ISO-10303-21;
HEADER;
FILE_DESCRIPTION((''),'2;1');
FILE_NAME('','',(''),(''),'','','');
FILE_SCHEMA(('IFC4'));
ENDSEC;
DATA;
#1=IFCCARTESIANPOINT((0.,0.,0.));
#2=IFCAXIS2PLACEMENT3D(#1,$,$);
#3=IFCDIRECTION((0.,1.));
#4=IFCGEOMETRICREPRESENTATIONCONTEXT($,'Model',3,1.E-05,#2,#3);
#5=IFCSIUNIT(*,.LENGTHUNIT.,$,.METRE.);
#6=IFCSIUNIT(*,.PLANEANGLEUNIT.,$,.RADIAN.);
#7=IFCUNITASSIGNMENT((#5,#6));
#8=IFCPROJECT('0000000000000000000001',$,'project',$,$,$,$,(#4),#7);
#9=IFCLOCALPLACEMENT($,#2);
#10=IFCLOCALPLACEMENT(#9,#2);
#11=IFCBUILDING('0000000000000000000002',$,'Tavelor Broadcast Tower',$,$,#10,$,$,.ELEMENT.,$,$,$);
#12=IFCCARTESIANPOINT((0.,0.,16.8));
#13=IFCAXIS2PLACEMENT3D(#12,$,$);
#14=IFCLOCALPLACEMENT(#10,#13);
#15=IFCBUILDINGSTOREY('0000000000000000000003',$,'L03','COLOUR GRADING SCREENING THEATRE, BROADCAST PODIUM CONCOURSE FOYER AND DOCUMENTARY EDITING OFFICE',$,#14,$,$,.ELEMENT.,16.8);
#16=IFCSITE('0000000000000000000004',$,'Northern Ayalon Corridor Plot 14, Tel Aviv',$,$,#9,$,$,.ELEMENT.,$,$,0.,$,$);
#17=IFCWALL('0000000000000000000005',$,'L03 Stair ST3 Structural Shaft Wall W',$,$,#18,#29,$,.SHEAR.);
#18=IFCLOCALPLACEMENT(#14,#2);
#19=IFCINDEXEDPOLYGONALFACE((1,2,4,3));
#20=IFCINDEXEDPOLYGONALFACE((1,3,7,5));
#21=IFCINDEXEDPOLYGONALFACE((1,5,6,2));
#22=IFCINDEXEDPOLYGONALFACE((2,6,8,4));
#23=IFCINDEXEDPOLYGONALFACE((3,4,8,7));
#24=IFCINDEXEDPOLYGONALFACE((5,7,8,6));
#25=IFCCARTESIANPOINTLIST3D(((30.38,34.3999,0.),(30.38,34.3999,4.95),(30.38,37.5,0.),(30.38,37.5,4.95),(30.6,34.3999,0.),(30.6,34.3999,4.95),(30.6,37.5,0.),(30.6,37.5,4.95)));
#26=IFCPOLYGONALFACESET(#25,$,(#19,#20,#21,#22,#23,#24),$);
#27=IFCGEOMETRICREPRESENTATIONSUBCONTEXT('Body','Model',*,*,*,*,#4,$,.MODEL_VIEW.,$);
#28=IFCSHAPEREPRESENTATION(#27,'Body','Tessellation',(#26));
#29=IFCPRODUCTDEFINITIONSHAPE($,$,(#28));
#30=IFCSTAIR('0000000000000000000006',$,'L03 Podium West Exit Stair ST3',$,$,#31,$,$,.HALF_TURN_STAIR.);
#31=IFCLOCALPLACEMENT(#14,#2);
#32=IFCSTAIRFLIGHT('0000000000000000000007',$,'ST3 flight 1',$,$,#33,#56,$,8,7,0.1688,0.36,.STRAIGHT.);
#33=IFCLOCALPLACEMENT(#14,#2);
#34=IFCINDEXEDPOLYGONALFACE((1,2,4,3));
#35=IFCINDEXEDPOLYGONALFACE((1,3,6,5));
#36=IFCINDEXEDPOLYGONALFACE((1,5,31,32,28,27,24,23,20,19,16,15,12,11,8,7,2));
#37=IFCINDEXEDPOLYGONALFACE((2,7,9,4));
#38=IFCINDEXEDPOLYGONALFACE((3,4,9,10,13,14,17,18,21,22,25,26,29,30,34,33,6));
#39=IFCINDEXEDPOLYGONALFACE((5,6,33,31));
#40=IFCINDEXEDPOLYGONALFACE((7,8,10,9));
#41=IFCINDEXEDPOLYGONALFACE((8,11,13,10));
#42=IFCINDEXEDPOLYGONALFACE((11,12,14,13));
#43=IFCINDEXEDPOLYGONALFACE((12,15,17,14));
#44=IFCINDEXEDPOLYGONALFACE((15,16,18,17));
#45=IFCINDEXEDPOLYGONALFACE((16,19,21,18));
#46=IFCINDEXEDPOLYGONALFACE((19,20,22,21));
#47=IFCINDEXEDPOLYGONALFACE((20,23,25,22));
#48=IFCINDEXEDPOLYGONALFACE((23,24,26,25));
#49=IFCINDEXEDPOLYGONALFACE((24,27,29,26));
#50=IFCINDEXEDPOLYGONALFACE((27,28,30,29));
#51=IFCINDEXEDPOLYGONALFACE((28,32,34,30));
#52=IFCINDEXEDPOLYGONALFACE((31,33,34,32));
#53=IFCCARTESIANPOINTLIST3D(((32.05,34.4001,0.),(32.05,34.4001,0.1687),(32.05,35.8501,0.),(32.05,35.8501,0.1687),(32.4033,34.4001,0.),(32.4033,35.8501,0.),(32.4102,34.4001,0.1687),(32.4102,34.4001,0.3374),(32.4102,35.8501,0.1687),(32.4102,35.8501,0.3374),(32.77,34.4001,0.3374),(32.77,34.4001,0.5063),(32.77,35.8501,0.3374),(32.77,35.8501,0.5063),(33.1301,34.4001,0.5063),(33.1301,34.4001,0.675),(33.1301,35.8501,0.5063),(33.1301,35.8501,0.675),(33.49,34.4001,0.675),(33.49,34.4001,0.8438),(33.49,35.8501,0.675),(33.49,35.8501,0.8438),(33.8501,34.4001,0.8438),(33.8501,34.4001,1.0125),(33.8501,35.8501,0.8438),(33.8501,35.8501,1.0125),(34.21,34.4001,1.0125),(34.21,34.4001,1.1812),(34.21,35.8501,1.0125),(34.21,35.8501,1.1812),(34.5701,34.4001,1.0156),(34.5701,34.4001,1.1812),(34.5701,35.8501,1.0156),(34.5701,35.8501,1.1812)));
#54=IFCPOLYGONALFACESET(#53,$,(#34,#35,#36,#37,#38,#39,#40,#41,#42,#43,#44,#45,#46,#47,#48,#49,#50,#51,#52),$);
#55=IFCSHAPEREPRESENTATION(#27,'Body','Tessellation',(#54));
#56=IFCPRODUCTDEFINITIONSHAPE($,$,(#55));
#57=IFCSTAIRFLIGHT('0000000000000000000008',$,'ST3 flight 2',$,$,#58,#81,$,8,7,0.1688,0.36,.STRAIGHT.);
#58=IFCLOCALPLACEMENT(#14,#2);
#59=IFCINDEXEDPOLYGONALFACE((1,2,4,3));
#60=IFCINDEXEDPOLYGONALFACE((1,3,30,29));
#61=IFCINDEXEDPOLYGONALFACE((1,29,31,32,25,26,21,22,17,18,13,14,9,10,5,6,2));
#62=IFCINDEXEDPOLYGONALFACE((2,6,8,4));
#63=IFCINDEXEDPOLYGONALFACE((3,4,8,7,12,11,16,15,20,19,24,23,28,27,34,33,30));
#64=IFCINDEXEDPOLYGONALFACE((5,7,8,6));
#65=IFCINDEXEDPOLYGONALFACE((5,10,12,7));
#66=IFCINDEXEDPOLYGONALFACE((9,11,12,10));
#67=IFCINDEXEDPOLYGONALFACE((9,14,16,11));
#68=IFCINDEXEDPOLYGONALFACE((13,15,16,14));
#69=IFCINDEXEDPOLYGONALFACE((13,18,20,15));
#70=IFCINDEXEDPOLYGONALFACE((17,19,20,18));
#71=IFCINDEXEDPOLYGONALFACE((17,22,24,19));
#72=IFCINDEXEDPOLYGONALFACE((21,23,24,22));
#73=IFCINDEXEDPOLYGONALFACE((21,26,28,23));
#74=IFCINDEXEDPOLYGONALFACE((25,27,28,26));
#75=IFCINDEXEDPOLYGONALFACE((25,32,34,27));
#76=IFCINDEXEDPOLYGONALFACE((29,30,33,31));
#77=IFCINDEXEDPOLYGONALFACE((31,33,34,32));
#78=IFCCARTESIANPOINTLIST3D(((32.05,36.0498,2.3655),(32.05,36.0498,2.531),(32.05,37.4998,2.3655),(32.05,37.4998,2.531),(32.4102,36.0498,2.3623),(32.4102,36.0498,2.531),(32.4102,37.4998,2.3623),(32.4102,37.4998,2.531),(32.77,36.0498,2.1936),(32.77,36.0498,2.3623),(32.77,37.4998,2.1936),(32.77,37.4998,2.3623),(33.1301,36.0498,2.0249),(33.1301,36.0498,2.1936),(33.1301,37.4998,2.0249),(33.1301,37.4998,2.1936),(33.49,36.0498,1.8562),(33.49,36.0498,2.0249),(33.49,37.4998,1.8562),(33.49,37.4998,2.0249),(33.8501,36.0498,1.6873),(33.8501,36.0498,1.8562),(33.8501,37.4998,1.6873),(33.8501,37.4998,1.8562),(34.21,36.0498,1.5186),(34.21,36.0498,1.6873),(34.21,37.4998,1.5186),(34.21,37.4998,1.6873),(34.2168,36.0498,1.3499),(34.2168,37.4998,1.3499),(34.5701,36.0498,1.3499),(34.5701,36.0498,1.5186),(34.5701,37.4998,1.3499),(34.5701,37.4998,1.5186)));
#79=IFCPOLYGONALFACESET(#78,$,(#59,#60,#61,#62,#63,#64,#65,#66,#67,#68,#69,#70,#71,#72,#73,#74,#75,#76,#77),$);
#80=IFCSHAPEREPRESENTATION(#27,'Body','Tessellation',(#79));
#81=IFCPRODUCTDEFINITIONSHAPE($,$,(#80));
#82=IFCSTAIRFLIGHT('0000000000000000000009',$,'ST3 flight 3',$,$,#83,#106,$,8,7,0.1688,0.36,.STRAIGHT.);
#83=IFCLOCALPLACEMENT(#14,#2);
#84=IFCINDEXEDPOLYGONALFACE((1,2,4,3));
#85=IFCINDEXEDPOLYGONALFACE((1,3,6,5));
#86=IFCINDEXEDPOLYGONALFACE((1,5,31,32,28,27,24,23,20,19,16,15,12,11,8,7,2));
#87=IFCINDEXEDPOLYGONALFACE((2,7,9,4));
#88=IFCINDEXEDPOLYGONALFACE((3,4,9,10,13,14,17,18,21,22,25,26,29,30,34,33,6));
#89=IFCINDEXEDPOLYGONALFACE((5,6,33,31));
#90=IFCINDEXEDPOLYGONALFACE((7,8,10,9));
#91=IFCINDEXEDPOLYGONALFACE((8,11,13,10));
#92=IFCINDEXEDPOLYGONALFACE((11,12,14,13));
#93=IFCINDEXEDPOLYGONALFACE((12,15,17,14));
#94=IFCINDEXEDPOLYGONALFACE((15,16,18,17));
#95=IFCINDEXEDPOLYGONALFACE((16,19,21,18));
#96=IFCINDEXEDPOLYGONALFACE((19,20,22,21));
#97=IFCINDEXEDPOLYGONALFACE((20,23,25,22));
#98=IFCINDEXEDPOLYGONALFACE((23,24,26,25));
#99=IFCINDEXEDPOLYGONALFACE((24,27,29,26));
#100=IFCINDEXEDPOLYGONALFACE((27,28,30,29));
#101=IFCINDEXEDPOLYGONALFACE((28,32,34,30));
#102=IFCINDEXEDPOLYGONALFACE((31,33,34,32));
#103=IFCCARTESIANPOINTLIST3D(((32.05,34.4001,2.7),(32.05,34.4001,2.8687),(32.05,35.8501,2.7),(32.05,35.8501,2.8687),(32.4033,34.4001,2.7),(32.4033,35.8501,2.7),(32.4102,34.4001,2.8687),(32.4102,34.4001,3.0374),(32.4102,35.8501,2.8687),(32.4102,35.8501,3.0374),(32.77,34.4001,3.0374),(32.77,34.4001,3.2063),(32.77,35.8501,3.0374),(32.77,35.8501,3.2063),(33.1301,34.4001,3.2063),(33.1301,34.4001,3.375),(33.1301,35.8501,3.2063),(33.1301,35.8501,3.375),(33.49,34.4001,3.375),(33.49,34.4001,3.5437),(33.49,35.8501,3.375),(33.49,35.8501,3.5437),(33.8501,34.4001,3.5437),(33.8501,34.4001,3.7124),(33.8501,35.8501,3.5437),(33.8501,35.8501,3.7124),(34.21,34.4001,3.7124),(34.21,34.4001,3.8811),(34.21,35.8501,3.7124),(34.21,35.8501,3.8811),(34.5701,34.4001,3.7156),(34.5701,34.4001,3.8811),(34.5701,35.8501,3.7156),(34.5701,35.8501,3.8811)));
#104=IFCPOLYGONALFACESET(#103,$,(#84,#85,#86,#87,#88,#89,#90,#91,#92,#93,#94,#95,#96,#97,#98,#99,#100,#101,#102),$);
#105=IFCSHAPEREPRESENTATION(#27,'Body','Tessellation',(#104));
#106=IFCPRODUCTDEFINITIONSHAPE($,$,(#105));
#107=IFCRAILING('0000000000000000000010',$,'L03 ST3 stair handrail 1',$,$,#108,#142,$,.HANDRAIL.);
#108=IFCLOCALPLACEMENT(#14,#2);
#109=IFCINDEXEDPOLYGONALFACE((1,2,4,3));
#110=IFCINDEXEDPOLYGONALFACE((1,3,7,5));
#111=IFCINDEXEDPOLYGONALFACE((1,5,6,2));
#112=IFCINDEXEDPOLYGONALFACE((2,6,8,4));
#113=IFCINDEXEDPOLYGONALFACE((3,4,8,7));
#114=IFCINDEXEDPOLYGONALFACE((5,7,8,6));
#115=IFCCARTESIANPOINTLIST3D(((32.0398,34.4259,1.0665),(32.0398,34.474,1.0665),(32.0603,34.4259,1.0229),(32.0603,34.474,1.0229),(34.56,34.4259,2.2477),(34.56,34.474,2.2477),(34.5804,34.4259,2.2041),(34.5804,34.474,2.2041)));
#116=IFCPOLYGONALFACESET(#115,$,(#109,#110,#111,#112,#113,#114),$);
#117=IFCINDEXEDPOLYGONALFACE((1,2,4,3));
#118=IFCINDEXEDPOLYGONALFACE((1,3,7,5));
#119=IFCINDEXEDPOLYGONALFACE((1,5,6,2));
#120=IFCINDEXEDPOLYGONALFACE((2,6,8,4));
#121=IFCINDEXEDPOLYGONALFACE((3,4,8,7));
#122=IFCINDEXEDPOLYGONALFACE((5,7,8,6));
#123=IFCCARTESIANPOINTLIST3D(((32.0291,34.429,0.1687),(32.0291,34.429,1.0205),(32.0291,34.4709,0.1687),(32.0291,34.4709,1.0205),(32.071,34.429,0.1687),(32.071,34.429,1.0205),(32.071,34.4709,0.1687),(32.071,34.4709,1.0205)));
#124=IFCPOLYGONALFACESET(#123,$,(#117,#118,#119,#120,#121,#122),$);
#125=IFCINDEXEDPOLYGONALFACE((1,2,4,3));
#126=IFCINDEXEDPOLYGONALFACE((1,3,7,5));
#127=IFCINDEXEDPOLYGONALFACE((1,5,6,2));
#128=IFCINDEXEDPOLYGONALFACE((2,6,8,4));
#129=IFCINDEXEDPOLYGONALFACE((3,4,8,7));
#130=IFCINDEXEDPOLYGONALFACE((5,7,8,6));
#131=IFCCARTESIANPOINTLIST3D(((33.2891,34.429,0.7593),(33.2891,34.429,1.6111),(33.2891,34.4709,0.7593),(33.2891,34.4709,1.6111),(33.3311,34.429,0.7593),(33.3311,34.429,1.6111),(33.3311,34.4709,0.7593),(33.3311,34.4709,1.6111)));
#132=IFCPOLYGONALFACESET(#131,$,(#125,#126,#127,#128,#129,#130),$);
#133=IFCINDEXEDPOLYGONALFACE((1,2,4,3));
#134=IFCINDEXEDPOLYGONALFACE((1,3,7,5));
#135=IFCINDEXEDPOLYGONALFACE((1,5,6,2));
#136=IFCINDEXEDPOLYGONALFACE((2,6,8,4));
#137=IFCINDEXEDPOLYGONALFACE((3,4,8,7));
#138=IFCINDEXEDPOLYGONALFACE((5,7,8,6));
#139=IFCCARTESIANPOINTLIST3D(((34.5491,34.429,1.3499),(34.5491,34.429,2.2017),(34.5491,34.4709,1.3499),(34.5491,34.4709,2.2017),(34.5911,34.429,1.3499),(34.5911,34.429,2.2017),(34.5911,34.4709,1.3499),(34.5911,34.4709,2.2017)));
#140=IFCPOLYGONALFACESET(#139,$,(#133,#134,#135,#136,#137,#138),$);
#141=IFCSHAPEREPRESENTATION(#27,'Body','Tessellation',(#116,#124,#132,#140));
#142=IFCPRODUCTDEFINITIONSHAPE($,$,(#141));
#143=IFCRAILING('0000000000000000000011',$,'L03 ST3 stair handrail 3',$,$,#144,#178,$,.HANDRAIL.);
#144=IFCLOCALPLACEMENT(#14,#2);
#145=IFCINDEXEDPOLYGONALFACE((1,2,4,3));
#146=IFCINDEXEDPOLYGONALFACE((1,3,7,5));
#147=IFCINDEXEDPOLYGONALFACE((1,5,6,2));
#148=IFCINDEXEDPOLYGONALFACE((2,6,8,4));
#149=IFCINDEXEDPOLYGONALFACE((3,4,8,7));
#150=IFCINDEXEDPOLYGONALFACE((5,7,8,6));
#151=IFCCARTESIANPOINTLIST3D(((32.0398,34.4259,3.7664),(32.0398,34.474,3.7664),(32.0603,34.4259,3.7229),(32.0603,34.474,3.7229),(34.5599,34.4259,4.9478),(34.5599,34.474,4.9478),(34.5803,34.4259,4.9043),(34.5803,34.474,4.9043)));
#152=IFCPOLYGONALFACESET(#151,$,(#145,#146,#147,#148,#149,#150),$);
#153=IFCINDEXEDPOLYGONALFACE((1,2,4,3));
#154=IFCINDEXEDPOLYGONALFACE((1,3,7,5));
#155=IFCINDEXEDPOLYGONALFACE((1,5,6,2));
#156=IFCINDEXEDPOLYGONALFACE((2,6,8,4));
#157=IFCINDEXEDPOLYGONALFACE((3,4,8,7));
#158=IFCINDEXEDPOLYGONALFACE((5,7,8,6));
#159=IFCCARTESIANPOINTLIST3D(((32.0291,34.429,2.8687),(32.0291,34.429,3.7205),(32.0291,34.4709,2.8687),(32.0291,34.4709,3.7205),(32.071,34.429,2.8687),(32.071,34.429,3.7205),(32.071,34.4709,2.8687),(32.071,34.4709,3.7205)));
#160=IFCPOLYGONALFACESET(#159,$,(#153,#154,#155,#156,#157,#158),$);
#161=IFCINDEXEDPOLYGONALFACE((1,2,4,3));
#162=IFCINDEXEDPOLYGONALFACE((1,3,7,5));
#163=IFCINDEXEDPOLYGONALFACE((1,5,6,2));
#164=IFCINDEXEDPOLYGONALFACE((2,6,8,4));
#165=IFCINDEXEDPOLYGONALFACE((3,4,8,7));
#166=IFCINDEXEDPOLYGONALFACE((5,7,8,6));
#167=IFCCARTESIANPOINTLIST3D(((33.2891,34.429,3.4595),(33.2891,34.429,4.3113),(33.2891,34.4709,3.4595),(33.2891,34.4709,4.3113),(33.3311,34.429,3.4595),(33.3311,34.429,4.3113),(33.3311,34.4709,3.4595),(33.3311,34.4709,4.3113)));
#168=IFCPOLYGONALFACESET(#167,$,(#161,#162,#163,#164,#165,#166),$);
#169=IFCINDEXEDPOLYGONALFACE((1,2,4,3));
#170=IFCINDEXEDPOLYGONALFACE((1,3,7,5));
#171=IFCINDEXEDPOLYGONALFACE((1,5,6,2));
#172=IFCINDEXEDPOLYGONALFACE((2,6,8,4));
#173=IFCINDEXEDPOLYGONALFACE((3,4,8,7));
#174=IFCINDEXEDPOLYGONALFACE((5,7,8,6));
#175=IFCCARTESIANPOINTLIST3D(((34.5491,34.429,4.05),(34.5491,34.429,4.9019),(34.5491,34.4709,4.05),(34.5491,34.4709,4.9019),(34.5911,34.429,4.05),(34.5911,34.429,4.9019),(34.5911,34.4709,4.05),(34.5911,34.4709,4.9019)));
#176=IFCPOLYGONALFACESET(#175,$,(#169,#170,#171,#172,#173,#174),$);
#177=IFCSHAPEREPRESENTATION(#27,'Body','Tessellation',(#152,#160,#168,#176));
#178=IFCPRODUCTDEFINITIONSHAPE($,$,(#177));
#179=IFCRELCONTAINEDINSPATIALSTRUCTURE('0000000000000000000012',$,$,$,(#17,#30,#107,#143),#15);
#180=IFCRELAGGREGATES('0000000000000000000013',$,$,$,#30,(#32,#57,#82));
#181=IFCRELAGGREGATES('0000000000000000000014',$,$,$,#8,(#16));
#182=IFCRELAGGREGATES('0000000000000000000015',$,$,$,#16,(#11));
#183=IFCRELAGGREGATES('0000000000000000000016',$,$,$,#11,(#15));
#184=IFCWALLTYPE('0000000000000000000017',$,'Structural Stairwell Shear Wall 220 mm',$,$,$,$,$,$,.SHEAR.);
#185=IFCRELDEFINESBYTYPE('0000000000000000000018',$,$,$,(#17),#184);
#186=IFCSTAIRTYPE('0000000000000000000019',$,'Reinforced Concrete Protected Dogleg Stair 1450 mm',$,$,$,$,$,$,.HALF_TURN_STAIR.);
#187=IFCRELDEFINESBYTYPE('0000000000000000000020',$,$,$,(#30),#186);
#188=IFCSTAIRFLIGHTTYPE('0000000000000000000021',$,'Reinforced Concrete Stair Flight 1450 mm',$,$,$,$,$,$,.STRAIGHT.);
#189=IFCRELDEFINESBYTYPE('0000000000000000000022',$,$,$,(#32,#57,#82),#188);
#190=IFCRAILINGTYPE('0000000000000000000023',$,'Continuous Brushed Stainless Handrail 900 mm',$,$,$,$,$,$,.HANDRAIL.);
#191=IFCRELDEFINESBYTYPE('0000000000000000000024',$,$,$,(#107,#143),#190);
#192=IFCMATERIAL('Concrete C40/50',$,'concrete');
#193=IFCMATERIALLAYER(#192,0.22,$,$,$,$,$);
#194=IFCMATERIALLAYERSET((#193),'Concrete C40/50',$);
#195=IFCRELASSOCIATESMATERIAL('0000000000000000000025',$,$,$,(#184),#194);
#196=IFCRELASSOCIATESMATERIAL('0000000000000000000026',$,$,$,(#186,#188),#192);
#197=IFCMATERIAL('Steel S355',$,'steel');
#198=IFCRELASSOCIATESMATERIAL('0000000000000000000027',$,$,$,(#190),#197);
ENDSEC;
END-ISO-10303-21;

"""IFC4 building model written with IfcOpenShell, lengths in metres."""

from ifc_helpers import new_model, si_unit, direction, frame, frame_2d, origin, origin_2d, place, context, subcontext, project, spatial, polyline, rectangle, outline, extrude, material, layer, layer_set, type_object, element, aggregate, save


model = new_model("IFC4")

# Units and contexts
model_context = context("Model", 3, precision=1e-05, world=origin(), true_north=direction((0.0, 1.0)))
body_context = subcontext(model_context, "Body", "Model", "MODEL_VIEW")
ifc_project = project(units=[si_unit("LENGTHUNIT", "METRE"), si_unit("PLANEANGLEUNIT", "RADIAN")], contexts=[model_context])

# Site, building, storey
site_placement = place(None, origin())
site = spatial("IfcSite", under=ifc_project, at=site_placement, Name="Northern Ayalon Corridor Plot 14, Tel Aviv", CompositionType="ELEMENT", RefElevation=0.0)
building_placement = place(site_placement, origin())
building = spatial("IfcBuilding", under=site, at=building_placement, Name="Tavelor Broadcast Tower", CompositionType="ELEMENT")
storey_placement = place(building_placement, frame((0.0, 0.0, 16.8)))
storey = spatial("IfcBuildingStorey", under=building, at=storey_placement, Name="L03", Description="COLOUR GRADING SCREENING THEATRE, BROADCAST PODIUM CONCOURSE FOYER AND DOCUMENTARY EDITING OFFICE", CompositionType="ELEMENT", Elevation=16.8)

# Shared definitions
ifc_material_1 = material(Name="Steel S355", Category="steel")

# Wall
ifc_material_2 = material(Name="Concrete C40/50", Category="concrete")
ifc_layer_1 = layer(ifc_material_2, 0.22)
ifc_layer_set_1 = layer_set([ifc_layer_1], Name="Concrete C40/50")
wall_type_1 = type_object("IfcWallType", Name="Structural Stairwell Shear Wall 220 mm", PredefinedType="SHEAR", material=ifc_layer_set_1)
wall_1_placement = place(storey_placement, frame((30.49, 34.3999, 0.0), z_axis=(0.0, 0.0, 1.0), x_axis=(0.0, 1.0, 0.0)))
element("IfcWall", 1, at=wall_1_placement, inside=storey, type_object=wall_type_1, Name="L03 Stair ST3 Structural Shaft Wall W", PredefinedType="SHEAR", context=body_context, shape_type="SweptSolid", body=[
    extrude(rectangle(XDim=3.1001, YDim=0.22, at=frame_2d((1.55, 0.0))), origin(), (0.0, 0.0, 1.0), 4.95),
])

# Stair, stair flights
stair_type = type_object("IfcStairType", Name="Reinforced Concrete Protected Dogleg Stair 1450 mm", PredefinedType="HALF_TURN_STAIR", material=ifc_material_2)
stair_placement = place(storey_placement, origin())
stair = element("IfcStair", 2, at=stair_placement, inside=storey, type_object=stair_type, Name="L03 Podium West Exit Stair ST3", PredefinedType="HALF_TURN_STAIR")
stair_flight_type = type_object("IfcStairFlightType", Name="Reinforced Concrete Stair Flight 1450 mm", PredefinedType="STRAIGHT", material=ifc_material_2)
stair_flight_1_placement = place(storey_placement, frame((32.05, 35.125, 0.0), z_axis=(0.0, 0.0, 1.0), x_axis=(1.0, 0.0, 0.0)))
stair_flight_1 = element("IfcStairFlight", 3, at=stair_flight_1_placement, type_object=stair_flight_type, Name="ST3 flight 1", NumberOfRisers=8, NumberOfTreads=7, PredefinedType="STRAIGHT", RiserHeight=0.1688, TreadLength=0.36, context=body_context, shape_type="SweptSolid", body=[
    extrude(outline(polyline([(0.0, 0.0), (0.0, 0.1687), (0.3601, 0.1687), (0.3601, 0.3374), (0.72, 0.3374), (0.72, 0.5063), (1.0801, 0.5063), (1.0801, 0.675), (1.4399, 0.675), (1.4399, 0.8438), (1.8, 0.8438), (1.8, 1.0125), (2.1599, 1.0125), (2.1599, 1.1812), (2.52, 1.1812), (2.52, 1.3501), (2.52, 1.0156), (0.3533, 0.0), (0.0, 0.0)])), frame((0.0, 0.7251, 0.0), z_axis=(0.0, -1.0, 0.0), x_axis=(1.0, 0.0, 0.0)), (0.0, 0.0, 1.0), 1.45),
])
stair_flight_2_placement = place(storey_placement, frame((34.5701, 36.7749, 1.3499), z_axis=(0.0, 0.0, 1.0), x_axis=(-1.0, 0.0, 0.0)))
stair_flight_2 = element("IfcStairFlight", 4, at=stair_flight_2_placement, type_object=stair_flight_type, Name="ST3 flight 2", NumberOfRisers=8, NumberOfTreads=7, PredefinedType="STRAIGHT", RiserHeight=0.1688, TreadLength=0.36, context=body_context, shape_type="SweptSolid", body=[
    extrude(outline(polyline([(0.0, 0.0), (0.0, 0.1687), (0.3601, 0.1687), (0.3601, 0.3374), (0.72, 0.3374), (0.72, 0.5063), (1.0801, 0.5063), (1.0801, 0.675), (1.4399, 0.675), (1.4399, 0.8438), (1.8, 0.8438), (1.8, 1.0125), (2.1599, 1.0125), (2.1599, 1.1812), (2.52, 1.1812), (2.52, 1.3501), (2.52, 1.0156), (0.3533, 0.0), (0.0, 0.0)])), frame((0.0, 0.7251, 0.0), z_axis=(0.0, -1.0, 0.0), x_axis=(1.0, 0.0, 0.0)), (0.0, 0.0, 1.0), 1.45),
])
stair_flight_3_placement = place(storey_placement, frame((32.05, 35.125, 2.7), z_axis=(0.0, 0.0, 1.0), x_axis=(1.0, 0.0, 0.0)))
stair_flight_3 = element("IfcStairFlight", 5, at=stair_flight_3_placement, type_object=stair_flight_type, Name="ST3 flight 3", NumberOfRisers=8, NumberOfTreads=7, PredefinedType="STRAIGHT", RiserHeight=0.1688, TreadLength=0.36, context=body_context, shape_type="SweptSolid", body=[
    extrude(outline(polyline([(0.0, 0.0), (0.0, 0.1687), (0.3601, 0.1687), (0.3601, 0.3374), (0.72, 0.3374), (0.72, 0.5063), (1.0801, 0.5063), (1.0801, 0.675), (1.4399, 0.675), (1.4399, 0.8438), (1.8, 0.8438), (1.8, 1.0125), (2.1599, 1.0125), (2.1599, 1.1812), (2.52, 1.1812), (2.52, 1.3501), (2.52, 1.0156), (0.3533, 0.0), (0.0, 0.0)])), frame((0.0, 0.7251, 0.0), z_axis=(0.0, -1.0, 0.0), x_axis=(1.0, 0.0, 0.0)), (0.0, 0.0, 1.0), 1.45),
])
aggregate(stair, [stair_flight_1, stair_flight_2, stair_flight_3])

# Railings
railing_type_1 = type_object("IfcRailingType", Name="Continuous Brushed Stainless Handrail 900 mm", PredefinedType="HANDRAIL", material=ifc_material_1)
railing_1_placement = place(storey_placement, frame((32.05, 34.45, 0.1687)))
element("IfcRailing", 6, at=railing_1_placement, inside=storey, type_object=railing_type_1, Name="L03 ST3 stair handrail 1", PredefinedType="HANDRAIL", context=body_context, shape_type="SweptSolid", body=[
    extrude(rectangle(XDim=0.0481, YDim=0.0481, at=origin_2d()), frame((0.0, 0.0, 0.876), z_axis=(0.905474, 0.0, 0.424402), x_axis=(0.0, 1.0, 0.0)), (0.0, 0.0, 1.0), 2.7832),
    extrude(rectangle(XDim=0.042, YDim=0.042, at=origin_2d()), origin(), (0.0, 0.0, 1.0), 0.8518),
    extrude(rectangle(XDim=0.042, YDim=0.042, at=origin_2d()), frame((1.26, 0.0, 0.5906)), (0.0, 0.0, 1.0), 0.8518),
    extrude(rectangle(XDim=0.042, YDim=0.042, at=origin_2d()), frame((2.52, 0.0, 1.1812)), (0.0, 0.0, 1.0), 0.8518),
])
railing_2_placement = place(storey_placement, frame((32.05, 34.45, 2.8687)))
element("IfcRailing", 7, at=railing_2_placement, inside=storey, type_object=railing_type_1, Name="L03 ST3 stair handrail 3", PredefinedType="HANDRAIL", context=body_context, shape_type="SweptSolid", body=[
    extrude(rectangle(XDim=0.0481, YDim=0.0481, at=origin_2d()), frame((0.0, 0.0, 0.876), z_axis=(0.90544, 0.0, 0.424474), x_axis=(0.0, 1.0, 0.0)), (0.0, 0.0, 1.0), 2.7832),
    extrude(rectangle(XDim=0.042, YDim=0.042, at=origin_2d()), origin(), (0.0, 0.0, 1.0), 0.8518),
    extrude(rectangle(XDim=0.042, YDim=0.042, at=origin_2d()), frame((1.26, 0.0, 0.5908)), (0.0, 0.0, 1.0), 0.8518),
    extrude(rectangle(XDim=0.042, YDim=0.042, at=origin_2d()), frame((2.52, 0.0, 1.1814)), (0.0, 0.0, 1.0), 0.8518),
])

save(model, "model.ifc")
